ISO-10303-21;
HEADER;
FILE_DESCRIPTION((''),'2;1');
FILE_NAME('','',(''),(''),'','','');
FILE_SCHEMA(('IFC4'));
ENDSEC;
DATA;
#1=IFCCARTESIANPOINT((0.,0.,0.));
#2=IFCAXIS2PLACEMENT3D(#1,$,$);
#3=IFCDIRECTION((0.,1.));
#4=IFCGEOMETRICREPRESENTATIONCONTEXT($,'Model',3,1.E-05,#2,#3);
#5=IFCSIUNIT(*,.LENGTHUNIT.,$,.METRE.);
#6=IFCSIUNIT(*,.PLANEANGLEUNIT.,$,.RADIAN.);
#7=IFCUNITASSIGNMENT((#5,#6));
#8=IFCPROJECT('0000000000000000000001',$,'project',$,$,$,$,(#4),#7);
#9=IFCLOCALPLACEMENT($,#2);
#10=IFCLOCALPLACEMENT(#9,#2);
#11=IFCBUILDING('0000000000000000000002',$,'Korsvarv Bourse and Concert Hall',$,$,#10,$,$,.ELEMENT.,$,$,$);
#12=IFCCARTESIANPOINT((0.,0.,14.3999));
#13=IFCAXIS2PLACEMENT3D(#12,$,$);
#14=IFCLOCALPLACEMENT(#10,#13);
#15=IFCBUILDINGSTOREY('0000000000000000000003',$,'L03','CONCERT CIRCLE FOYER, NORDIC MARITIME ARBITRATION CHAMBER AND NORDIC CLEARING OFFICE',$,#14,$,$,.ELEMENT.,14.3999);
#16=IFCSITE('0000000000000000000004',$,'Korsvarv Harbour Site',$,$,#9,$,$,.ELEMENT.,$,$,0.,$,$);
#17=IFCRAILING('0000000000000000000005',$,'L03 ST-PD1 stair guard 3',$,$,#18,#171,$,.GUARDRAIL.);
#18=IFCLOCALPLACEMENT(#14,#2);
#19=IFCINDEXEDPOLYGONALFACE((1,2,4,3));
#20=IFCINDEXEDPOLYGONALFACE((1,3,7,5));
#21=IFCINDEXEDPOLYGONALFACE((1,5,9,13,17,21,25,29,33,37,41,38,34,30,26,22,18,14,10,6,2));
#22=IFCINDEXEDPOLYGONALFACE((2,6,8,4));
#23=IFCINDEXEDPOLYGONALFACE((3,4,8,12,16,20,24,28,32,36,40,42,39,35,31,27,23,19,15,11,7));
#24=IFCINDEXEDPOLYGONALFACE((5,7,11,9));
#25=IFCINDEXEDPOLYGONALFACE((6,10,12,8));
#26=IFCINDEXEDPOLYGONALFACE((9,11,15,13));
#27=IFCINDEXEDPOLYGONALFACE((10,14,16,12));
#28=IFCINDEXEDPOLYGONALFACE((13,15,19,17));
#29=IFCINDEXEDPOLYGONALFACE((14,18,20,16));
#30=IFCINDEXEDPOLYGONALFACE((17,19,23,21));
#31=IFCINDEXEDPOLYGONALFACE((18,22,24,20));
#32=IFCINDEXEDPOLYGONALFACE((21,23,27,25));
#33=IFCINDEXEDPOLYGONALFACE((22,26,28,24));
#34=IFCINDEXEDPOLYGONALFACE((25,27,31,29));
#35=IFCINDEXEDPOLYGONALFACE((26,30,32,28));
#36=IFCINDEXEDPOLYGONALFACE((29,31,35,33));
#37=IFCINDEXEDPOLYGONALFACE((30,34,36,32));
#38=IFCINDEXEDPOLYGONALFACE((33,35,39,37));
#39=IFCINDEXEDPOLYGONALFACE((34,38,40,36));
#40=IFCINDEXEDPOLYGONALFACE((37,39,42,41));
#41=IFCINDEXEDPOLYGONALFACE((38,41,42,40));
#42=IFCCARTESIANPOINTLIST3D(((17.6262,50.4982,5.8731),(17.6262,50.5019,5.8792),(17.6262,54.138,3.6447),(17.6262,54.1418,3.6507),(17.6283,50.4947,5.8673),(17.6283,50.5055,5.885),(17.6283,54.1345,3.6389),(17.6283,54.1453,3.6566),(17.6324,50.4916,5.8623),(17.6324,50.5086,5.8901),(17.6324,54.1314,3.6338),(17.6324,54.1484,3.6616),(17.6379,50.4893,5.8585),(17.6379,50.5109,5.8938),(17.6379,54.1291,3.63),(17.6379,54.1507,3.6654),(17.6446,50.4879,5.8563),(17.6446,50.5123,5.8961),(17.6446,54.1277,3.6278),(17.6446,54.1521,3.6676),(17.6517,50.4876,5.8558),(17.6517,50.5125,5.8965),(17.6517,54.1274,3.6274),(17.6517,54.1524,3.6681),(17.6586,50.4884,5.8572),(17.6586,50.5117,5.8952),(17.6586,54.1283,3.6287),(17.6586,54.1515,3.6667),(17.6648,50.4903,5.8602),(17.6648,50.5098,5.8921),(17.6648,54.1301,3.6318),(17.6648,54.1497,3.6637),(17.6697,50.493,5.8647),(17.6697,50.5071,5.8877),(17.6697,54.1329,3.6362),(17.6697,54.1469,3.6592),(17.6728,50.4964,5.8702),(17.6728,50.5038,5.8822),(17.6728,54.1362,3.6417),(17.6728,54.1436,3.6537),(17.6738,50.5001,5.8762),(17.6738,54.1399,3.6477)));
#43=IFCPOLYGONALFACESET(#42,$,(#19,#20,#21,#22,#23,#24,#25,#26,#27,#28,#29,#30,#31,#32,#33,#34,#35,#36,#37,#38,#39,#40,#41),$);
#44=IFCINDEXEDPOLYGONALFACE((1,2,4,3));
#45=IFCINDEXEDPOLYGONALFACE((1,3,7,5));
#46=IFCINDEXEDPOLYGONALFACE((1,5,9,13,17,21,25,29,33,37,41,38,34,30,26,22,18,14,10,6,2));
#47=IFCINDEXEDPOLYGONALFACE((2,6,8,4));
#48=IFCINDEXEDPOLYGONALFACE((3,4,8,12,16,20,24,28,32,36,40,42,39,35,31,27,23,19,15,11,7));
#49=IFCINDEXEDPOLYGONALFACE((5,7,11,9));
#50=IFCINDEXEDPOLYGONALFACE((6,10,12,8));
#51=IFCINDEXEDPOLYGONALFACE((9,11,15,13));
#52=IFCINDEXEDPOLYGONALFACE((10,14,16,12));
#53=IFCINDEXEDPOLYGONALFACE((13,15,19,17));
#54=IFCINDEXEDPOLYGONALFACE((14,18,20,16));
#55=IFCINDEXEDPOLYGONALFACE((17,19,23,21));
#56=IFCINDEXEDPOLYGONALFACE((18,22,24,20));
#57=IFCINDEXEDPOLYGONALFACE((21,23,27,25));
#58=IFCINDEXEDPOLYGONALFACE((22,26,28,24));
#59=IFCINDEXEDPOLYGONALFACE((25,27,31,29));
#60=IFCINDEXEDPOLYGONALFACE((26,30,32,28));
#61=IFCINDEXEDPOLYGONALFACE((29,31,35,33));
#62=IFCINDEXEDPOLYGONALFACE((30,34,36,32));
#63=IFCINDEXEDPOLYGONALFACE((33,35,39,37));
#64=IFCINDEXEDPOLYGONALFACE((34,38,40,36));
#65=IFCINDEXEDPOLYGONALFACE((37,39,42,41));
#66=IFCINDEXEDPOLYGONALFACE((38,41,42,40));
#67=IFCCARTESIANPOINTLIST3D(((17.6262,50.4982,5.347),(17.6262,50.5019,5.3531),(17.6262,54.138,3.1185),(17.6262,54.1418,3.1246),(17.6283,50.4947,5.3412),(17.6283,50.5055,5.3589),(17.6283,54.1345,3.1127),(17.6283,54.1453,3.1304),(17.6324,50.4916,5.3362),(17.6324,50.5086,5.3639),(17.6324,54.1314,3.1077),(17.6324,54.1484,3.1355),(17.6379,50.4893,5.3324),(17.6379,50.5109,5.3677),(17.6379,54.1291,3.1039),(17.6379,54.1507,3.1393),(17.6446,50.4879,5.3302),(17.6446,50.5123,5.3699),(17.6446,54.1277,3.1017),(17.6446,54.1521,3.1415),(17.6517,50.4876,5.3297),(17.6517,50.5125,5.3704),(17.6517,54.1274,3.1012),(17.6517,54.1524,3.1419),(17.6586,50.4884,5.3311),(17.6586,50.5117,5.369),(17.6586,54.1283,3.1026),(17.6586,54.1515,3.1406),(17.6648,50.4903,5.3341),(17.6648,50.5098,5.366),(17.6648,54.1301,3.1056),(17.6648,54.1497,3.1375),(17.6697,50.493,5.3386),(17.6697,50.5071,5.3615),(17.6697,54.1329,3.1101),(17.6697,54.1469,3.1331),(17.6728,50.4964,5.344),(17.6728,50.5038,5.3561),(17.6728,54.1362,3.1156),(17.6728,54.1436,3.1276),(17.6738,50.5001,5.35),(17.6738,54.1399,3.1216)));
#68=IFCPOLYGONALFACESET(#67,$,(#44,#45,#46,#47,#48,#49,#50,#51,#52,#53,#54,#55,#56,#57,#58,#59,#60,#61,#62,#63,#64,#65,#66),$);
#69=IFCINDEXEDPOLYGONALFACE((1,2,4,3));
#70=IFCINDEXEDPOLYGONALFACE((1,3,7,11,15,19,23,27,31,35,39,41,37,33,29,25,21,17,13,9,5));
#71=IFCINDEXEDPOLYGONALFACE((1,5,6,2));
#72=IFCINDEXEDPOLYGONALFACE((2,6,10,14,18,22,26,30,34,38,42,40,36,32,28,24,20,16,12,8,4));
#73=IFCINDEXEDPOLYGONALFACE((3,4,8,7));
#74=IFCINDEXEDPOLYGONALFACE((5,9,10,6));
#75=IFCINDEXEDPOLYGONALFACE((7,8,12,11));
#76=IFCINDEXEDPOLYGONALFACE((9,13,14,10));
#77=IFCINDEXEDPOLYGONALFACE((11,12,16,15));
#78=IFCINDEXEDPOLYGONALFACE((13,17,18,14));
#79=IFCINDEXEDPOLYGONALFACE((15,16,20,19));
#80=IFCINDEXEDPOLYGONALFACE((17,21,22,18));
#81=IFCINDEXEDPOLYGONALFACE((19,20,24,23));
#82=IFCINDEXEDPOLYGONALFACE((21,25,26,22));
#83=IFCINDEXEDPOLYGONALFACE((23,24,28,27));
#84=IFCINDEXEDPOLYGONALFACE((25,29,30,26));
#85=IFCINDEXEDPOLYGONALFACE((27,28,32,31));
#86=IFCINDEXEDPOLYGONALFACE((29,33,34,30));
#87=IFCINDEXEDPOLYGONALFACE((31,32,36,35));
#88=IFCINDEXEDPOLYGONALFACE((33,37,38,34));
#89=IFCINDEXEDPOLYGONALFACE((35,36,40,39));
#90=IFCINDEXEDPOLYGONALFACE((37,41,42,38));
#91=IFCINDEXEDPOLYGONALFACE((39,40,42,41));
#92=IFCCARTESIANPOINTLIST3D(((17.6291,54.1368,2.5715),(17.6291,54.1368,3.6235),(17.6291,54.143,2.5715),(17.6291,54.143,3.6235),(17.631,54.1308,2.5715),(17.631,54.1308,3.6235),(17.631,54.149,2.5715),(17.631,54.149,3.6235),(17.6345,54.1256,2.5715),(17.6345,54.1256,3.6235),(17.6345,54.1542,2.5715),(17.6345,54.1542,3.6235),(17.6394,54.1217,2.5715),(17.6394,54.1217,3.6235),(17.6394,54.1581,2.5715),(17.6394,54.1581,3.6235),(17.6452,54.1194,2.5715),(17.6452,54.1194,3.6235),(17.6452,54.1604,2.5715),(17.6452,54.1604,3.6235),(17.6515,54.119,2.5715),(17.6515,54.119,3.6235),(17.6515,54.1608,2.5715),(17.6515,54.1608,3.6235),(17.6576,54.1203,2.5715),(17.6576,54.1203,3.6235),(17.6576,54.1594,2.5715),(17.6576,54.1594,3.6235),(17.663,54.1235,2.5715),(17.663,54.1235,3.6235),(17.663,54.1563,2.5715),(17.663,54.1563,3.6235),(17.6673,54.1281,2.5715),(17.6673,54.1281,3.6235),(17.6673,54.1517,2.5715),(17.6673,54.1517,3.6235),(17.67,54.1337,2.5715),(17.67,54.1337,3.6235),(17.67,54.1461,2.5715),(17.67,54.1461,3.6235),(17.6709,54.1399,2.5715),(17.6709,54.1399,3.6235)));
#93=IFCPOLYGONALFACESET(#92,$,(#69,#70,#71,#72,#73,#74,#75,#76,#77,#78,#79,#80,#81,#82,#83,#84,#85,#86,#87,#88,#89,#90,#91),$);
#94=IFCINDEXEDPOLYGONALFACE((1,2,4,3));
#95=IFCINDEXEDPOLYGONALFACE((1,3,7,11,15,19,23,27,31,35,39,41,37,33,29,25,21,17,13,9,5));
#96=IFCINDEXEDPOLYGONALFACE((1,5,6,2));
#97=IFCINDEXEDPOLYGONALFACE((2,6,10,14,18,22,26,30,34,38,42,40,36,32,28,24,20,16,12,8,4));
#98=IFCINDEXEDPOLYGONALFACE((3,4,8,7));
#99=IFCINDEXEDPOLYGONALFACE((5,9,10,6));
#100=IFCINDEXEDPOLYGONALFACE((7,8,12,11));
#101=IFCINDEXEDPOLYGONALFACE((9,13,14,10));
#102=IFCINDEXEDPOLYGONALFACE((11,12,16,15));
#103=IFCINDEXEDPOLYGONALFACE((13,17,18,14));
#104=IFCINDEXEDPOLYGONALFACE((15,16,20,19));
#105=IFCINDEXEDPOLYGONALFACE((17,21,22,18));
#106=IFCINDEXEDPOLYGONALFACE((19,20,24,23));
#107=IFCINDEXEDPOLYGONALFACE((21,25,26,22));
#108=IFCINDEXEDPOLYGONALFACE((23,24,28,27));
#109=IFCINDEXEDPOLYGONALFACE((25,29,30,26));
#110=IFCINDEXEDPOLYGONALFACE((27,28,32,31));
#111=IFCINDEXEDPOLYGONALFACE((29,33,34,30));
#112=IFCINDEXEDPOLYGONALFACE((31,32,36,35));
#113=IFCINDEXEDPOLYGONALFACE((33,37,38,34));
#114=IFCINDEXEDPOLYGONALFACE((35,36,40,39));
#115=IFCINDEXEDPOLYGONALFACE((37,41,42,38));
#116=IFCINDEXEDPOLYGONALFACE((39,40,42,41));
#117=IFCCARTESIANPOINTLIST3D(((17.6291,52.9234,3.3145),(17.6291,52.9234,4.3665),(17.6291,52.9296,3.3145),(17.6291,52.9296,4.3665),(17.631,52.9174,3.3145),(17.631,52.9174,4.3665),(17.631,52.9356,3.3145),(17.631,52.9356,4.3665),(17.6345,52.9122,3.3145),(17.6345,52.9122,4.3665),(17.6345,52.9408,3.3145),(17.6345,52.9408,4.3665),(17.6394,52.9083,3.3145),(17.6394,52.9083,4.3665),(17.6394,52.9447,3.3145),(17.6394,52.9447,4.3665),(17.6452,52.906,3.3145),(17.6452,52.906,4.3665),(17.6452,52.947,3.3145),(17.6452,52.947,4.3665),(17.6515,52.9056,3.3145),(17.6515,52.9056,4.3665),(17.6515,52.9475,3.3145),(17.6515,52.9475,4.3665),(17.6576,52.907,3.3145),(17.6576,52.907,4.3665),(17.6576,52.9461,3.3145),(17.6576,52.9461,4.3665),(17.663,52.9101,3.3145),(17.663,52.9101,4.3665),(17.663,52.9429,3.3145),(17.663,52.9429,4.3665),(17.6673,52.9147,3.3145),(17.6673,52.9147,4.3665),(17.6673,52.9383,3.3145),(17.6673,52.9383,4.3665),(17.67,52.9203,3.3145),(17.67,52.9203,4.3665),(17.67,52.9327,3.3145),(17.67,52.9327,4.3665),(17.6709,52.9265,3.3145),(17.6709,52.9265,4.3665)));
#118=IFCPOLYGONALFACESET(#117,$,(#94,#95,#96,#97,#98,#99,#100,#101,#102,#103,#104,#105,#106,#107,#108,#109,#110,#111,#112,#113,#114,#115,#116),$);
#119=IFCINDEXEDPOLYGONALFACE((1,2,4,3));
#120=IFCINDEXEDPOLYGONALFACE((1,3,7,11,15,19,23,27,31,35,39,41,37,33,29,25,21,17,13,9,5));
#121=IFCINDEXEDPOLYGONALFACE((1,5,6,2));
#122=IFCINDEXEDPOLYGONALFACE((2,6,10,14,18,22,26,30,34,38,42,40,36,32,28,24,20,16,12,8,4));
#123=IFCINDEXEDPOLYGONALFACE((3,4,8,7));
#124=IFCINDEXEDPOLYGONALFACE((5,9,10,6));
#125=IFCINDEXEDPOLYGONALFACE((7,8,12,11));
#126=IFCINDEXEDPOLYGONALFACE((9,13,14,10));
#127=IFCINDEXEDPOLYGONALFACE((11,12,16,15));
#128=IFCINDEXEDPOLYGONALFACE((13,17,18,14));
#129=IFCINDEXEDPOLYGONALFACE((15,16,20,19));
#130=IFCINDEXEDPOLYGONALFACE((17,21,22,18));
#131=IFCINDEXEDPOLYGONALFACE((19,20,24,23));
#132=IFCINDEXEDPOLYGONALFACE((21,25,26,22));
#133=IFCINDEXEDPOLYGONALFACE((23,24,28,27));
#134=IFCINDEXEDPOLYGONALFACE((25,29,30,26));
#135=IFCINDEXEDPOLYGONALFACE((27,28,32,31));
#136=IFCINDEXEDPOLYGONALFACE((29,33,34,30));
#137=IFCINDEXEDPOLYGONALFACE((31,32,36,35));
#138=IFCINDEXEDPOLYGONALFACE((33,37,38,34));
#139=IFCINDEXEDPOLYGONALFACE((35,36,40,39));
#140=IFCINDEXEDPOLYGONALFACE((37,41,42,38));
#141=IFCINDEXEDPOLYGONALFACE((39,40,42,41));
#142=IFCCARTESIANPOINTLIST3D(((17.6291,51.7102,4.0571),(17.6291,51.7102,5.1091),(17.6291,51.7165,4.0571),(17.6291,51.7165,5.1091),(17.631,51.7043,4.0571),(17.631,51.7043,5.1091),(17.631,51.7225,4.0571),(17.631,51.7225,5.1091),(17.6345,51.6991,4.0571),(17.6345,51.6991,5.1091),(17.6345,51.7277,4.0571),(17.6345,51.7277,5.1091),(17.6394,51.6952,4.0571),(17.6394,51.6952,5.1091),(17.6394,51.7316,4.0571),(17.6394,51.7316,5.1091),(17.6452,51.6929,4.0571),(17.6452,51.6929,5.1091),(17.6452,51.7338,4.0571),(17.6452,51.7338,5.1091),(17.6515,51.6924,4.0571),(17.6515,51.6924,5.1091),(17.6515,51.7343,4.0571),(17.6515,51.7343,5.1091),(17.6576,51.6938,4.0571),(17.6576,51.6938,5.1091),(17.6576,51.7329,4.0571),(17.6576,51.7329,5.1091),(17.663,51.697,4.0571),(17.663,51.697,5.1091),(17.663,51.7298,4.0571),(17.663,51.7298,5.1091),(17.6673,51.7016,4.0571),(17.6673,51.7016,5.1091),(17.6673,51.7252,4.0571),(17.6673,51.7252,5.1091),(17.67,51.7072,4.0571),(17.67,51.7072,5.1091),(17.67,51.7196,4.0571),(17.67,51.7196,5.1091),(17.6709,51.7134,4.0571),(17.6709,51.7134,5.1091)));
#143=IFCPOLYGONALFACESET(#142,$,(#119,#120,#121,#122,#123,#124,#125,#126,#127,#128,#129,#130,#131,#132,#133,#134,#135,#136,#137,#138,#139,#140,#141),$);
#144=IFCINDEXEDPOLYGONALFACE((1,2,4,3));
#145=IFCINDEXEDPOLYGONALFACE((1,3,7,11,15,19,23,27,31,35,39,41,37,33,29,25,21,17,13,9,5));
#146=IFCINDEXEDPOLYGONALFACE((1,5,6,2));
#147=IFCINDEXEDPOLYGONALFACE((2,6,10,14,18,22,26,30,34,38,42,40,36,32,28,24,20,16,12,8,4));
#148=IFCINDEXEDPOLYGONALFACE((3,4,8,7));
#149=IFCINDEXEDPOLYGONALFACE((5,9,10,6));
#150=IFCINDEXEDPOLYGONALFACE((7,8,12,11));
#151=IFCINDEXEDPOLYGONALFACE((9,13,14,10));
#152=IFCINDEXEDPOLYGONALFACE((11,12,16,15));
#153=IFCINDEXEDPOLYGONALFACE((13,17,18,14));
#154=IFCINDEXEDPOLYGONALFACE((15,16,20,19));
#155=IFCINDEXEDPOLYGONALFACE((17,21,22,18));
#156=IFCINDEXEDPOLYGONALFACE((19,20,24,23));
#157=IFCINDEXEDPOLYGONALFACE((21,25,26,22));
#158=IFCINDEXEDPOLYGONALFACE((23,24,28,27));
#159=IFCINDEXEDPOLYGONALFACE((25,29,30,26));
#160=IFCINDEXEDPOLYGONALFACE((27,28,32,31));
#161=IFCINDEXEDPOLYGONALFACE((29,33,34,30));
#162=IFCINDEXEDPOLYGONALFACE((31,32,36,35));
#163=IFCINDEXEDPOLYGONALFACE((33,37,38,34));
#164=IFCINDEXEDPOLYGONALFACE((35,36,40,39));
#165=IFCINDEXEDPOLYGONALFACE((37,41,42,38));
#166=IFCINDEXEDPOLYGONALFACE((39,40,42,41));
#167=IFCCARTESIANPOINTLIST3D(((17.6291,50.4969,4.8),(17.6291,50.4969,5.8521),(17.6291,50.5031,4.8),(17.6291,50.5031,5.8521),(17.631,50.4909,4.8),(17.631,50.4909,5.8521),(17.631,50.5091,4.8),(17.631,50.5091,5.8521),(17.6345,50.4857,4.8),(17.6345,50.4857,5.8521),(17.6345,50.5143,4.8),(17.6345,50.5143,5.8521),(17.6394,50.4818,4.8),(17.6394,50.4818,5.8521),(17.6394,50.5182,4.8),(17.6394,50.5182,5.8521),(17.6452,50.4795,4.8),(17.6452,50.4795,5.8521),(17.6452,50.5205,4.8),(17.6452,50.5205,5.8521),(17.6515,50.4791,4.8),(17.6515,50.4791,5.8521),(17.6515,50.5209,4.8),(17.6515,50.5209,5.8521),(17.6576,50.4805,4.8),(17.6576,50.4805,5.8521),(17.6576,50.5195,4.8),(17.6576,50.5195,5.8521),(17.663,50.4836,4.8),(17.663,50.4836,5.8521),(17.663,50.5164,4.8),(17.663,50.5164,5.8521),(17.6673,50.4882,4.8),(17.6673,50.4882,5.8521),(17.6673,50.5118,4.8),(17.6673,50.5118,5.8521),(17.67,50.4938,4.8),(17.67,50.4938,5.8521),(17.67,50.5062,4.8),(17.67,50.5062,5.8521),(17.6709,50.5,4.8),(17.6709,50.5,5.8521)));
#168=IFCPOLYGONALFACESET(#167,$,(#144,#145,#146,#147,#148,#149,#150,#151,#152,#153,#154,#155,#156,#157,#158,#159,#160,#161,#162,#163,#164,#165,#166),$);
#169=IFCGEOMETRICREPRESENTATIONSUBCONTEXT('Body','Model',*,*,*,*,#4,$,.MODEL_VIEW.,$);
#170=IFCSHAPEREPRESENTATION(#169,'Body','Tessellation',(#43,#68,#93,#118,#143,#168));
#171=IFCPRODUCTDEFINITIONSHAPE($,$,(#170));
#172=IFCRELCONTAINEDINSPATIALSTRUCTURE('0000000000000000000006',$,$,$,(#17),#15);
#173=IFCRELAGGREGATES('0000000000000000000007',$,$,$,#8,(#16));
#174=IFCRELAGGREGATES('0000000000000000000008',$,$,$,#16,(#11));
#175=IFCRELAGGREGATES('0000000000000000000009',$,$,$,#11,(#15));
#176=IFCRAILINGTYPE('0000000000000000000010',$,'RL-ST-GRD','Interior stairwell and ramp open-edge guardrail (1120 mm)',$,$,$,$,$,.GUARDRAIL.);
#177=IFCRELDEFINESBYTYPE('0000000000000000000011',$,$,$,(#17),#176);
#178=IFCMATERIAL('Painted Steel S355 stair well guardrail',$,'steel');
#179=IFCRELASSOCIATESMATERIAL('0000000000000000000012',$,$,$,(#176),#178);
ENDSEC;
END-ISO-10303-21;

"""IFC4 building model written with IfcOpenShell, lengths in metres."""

from ifc_helpers import new_model, si_unit, direction, frame, origin, origin_2d, place, context, subcontext, project, spatial, circle, extrude, material, type_object, element, save


model = new_model("IFC4")

# Units and contexts
model_context = context("Model", 3, precision=1e-05, world=origin(), true_north=direction((0.0, 1.0)))
body_context = subcontext(model_context, "Body", "Model", "MODEL_VIEW")
ifc_project = project(units=[si_unit("LENGTHUNIT", "METRE"), si_unit("PLANEANGLEUNIT", "RADIAN")], contexts=[model_context])

# Site, building, storey
site_placement = place(None, origin())
site = spatial("IfcSite", under=ifc_project, at=site_placement, Name="Korsvarv Harbour Site", CompositionType="ELEMENT", RefElevation=0.0)
building_placement = place(site_placement, origin())
building = spatial("IfcBuilding", under=site, at=building_placement, Name="Korsvarv Bourse and Concert Hall", CompositionType="ELEMENT")
storey_placement = place(building_placement, frame((0.0, 0.0, 14.3999)))
storey = spatial("IfcBuildingStorey", under=building, at=storey_placement, Name="L03", Description="CONCERT CIRCLE FOYER, NORDIC MARITIME ARBITRATION CHAMBER AND NORDIC CLEARING OFFICE", CompositionType="ELEMENT", Elevation=14.3999)

# Railing
ifc_material_1 = material(Name="Painted Steel S355 stair well guardrail", Category="steel")
railing_type_1 = type_object("IfcRailingType", Name="RL-ST-GRD", Description="Interior stairwell and ramp open-edge guardrail (1120 mm)", PredefinedType="GUARDRAIL", material=ifc_material_1)
railing_1_placement = place(storey_placement, frame((17.6499, 54.1399, 2.5715)))
element("IfcRailing", 1, at=railing_1_placement, inside=storey, type_object=railing_type_1, Name="L03 ST-PD1 stair guard 3", PredefinedType="GUARDRAIL", context=body_context, shape_type="SweptSolid", body=[
    extrude(circle(Radius=0.0239, at=origin_2d()), frame((0.0, 0.0, 1.0762), z_axis=(0.0, -0.85285, 0.522156), x_axis=(1.0, 0.0, 0.0)), (0.0, 0.0, 1.0), 4.2678),
    extrude(circle(Radius=0.0239, at=origin_2d()), frame((0.0, 0.0, 0.55), z_axis=(0.0, -0.85285, 0.522156), x_axis=(1.0, 0.0, 0.0)), (0.0, 0.0, 1.0), 4.2678),
    extrude(circle(Radius=0.021, at=origin_2d()), origin(), (0.0, 0.0, 1.0), 1.052),
    extrude(circle(Radius=0.021, at=origin_2d()), frame((0.0, -1.2134, 0.7429)), (0.0, 0.0, 1.0), 1.052),
    extrude(circle(Radius=0.021, at=origin_2d()), frame((0.0, -2.4265, 1.4856)), (0.0, 0.0, 1.0), 1.052),
    extrude(circle(Radius=0.021, at=origin_2d()), frame((0.0, -3.6399, 2.2285)), (0.0, 0.0, 1.0), 1.052),
])

save(model, "model.ifc")
